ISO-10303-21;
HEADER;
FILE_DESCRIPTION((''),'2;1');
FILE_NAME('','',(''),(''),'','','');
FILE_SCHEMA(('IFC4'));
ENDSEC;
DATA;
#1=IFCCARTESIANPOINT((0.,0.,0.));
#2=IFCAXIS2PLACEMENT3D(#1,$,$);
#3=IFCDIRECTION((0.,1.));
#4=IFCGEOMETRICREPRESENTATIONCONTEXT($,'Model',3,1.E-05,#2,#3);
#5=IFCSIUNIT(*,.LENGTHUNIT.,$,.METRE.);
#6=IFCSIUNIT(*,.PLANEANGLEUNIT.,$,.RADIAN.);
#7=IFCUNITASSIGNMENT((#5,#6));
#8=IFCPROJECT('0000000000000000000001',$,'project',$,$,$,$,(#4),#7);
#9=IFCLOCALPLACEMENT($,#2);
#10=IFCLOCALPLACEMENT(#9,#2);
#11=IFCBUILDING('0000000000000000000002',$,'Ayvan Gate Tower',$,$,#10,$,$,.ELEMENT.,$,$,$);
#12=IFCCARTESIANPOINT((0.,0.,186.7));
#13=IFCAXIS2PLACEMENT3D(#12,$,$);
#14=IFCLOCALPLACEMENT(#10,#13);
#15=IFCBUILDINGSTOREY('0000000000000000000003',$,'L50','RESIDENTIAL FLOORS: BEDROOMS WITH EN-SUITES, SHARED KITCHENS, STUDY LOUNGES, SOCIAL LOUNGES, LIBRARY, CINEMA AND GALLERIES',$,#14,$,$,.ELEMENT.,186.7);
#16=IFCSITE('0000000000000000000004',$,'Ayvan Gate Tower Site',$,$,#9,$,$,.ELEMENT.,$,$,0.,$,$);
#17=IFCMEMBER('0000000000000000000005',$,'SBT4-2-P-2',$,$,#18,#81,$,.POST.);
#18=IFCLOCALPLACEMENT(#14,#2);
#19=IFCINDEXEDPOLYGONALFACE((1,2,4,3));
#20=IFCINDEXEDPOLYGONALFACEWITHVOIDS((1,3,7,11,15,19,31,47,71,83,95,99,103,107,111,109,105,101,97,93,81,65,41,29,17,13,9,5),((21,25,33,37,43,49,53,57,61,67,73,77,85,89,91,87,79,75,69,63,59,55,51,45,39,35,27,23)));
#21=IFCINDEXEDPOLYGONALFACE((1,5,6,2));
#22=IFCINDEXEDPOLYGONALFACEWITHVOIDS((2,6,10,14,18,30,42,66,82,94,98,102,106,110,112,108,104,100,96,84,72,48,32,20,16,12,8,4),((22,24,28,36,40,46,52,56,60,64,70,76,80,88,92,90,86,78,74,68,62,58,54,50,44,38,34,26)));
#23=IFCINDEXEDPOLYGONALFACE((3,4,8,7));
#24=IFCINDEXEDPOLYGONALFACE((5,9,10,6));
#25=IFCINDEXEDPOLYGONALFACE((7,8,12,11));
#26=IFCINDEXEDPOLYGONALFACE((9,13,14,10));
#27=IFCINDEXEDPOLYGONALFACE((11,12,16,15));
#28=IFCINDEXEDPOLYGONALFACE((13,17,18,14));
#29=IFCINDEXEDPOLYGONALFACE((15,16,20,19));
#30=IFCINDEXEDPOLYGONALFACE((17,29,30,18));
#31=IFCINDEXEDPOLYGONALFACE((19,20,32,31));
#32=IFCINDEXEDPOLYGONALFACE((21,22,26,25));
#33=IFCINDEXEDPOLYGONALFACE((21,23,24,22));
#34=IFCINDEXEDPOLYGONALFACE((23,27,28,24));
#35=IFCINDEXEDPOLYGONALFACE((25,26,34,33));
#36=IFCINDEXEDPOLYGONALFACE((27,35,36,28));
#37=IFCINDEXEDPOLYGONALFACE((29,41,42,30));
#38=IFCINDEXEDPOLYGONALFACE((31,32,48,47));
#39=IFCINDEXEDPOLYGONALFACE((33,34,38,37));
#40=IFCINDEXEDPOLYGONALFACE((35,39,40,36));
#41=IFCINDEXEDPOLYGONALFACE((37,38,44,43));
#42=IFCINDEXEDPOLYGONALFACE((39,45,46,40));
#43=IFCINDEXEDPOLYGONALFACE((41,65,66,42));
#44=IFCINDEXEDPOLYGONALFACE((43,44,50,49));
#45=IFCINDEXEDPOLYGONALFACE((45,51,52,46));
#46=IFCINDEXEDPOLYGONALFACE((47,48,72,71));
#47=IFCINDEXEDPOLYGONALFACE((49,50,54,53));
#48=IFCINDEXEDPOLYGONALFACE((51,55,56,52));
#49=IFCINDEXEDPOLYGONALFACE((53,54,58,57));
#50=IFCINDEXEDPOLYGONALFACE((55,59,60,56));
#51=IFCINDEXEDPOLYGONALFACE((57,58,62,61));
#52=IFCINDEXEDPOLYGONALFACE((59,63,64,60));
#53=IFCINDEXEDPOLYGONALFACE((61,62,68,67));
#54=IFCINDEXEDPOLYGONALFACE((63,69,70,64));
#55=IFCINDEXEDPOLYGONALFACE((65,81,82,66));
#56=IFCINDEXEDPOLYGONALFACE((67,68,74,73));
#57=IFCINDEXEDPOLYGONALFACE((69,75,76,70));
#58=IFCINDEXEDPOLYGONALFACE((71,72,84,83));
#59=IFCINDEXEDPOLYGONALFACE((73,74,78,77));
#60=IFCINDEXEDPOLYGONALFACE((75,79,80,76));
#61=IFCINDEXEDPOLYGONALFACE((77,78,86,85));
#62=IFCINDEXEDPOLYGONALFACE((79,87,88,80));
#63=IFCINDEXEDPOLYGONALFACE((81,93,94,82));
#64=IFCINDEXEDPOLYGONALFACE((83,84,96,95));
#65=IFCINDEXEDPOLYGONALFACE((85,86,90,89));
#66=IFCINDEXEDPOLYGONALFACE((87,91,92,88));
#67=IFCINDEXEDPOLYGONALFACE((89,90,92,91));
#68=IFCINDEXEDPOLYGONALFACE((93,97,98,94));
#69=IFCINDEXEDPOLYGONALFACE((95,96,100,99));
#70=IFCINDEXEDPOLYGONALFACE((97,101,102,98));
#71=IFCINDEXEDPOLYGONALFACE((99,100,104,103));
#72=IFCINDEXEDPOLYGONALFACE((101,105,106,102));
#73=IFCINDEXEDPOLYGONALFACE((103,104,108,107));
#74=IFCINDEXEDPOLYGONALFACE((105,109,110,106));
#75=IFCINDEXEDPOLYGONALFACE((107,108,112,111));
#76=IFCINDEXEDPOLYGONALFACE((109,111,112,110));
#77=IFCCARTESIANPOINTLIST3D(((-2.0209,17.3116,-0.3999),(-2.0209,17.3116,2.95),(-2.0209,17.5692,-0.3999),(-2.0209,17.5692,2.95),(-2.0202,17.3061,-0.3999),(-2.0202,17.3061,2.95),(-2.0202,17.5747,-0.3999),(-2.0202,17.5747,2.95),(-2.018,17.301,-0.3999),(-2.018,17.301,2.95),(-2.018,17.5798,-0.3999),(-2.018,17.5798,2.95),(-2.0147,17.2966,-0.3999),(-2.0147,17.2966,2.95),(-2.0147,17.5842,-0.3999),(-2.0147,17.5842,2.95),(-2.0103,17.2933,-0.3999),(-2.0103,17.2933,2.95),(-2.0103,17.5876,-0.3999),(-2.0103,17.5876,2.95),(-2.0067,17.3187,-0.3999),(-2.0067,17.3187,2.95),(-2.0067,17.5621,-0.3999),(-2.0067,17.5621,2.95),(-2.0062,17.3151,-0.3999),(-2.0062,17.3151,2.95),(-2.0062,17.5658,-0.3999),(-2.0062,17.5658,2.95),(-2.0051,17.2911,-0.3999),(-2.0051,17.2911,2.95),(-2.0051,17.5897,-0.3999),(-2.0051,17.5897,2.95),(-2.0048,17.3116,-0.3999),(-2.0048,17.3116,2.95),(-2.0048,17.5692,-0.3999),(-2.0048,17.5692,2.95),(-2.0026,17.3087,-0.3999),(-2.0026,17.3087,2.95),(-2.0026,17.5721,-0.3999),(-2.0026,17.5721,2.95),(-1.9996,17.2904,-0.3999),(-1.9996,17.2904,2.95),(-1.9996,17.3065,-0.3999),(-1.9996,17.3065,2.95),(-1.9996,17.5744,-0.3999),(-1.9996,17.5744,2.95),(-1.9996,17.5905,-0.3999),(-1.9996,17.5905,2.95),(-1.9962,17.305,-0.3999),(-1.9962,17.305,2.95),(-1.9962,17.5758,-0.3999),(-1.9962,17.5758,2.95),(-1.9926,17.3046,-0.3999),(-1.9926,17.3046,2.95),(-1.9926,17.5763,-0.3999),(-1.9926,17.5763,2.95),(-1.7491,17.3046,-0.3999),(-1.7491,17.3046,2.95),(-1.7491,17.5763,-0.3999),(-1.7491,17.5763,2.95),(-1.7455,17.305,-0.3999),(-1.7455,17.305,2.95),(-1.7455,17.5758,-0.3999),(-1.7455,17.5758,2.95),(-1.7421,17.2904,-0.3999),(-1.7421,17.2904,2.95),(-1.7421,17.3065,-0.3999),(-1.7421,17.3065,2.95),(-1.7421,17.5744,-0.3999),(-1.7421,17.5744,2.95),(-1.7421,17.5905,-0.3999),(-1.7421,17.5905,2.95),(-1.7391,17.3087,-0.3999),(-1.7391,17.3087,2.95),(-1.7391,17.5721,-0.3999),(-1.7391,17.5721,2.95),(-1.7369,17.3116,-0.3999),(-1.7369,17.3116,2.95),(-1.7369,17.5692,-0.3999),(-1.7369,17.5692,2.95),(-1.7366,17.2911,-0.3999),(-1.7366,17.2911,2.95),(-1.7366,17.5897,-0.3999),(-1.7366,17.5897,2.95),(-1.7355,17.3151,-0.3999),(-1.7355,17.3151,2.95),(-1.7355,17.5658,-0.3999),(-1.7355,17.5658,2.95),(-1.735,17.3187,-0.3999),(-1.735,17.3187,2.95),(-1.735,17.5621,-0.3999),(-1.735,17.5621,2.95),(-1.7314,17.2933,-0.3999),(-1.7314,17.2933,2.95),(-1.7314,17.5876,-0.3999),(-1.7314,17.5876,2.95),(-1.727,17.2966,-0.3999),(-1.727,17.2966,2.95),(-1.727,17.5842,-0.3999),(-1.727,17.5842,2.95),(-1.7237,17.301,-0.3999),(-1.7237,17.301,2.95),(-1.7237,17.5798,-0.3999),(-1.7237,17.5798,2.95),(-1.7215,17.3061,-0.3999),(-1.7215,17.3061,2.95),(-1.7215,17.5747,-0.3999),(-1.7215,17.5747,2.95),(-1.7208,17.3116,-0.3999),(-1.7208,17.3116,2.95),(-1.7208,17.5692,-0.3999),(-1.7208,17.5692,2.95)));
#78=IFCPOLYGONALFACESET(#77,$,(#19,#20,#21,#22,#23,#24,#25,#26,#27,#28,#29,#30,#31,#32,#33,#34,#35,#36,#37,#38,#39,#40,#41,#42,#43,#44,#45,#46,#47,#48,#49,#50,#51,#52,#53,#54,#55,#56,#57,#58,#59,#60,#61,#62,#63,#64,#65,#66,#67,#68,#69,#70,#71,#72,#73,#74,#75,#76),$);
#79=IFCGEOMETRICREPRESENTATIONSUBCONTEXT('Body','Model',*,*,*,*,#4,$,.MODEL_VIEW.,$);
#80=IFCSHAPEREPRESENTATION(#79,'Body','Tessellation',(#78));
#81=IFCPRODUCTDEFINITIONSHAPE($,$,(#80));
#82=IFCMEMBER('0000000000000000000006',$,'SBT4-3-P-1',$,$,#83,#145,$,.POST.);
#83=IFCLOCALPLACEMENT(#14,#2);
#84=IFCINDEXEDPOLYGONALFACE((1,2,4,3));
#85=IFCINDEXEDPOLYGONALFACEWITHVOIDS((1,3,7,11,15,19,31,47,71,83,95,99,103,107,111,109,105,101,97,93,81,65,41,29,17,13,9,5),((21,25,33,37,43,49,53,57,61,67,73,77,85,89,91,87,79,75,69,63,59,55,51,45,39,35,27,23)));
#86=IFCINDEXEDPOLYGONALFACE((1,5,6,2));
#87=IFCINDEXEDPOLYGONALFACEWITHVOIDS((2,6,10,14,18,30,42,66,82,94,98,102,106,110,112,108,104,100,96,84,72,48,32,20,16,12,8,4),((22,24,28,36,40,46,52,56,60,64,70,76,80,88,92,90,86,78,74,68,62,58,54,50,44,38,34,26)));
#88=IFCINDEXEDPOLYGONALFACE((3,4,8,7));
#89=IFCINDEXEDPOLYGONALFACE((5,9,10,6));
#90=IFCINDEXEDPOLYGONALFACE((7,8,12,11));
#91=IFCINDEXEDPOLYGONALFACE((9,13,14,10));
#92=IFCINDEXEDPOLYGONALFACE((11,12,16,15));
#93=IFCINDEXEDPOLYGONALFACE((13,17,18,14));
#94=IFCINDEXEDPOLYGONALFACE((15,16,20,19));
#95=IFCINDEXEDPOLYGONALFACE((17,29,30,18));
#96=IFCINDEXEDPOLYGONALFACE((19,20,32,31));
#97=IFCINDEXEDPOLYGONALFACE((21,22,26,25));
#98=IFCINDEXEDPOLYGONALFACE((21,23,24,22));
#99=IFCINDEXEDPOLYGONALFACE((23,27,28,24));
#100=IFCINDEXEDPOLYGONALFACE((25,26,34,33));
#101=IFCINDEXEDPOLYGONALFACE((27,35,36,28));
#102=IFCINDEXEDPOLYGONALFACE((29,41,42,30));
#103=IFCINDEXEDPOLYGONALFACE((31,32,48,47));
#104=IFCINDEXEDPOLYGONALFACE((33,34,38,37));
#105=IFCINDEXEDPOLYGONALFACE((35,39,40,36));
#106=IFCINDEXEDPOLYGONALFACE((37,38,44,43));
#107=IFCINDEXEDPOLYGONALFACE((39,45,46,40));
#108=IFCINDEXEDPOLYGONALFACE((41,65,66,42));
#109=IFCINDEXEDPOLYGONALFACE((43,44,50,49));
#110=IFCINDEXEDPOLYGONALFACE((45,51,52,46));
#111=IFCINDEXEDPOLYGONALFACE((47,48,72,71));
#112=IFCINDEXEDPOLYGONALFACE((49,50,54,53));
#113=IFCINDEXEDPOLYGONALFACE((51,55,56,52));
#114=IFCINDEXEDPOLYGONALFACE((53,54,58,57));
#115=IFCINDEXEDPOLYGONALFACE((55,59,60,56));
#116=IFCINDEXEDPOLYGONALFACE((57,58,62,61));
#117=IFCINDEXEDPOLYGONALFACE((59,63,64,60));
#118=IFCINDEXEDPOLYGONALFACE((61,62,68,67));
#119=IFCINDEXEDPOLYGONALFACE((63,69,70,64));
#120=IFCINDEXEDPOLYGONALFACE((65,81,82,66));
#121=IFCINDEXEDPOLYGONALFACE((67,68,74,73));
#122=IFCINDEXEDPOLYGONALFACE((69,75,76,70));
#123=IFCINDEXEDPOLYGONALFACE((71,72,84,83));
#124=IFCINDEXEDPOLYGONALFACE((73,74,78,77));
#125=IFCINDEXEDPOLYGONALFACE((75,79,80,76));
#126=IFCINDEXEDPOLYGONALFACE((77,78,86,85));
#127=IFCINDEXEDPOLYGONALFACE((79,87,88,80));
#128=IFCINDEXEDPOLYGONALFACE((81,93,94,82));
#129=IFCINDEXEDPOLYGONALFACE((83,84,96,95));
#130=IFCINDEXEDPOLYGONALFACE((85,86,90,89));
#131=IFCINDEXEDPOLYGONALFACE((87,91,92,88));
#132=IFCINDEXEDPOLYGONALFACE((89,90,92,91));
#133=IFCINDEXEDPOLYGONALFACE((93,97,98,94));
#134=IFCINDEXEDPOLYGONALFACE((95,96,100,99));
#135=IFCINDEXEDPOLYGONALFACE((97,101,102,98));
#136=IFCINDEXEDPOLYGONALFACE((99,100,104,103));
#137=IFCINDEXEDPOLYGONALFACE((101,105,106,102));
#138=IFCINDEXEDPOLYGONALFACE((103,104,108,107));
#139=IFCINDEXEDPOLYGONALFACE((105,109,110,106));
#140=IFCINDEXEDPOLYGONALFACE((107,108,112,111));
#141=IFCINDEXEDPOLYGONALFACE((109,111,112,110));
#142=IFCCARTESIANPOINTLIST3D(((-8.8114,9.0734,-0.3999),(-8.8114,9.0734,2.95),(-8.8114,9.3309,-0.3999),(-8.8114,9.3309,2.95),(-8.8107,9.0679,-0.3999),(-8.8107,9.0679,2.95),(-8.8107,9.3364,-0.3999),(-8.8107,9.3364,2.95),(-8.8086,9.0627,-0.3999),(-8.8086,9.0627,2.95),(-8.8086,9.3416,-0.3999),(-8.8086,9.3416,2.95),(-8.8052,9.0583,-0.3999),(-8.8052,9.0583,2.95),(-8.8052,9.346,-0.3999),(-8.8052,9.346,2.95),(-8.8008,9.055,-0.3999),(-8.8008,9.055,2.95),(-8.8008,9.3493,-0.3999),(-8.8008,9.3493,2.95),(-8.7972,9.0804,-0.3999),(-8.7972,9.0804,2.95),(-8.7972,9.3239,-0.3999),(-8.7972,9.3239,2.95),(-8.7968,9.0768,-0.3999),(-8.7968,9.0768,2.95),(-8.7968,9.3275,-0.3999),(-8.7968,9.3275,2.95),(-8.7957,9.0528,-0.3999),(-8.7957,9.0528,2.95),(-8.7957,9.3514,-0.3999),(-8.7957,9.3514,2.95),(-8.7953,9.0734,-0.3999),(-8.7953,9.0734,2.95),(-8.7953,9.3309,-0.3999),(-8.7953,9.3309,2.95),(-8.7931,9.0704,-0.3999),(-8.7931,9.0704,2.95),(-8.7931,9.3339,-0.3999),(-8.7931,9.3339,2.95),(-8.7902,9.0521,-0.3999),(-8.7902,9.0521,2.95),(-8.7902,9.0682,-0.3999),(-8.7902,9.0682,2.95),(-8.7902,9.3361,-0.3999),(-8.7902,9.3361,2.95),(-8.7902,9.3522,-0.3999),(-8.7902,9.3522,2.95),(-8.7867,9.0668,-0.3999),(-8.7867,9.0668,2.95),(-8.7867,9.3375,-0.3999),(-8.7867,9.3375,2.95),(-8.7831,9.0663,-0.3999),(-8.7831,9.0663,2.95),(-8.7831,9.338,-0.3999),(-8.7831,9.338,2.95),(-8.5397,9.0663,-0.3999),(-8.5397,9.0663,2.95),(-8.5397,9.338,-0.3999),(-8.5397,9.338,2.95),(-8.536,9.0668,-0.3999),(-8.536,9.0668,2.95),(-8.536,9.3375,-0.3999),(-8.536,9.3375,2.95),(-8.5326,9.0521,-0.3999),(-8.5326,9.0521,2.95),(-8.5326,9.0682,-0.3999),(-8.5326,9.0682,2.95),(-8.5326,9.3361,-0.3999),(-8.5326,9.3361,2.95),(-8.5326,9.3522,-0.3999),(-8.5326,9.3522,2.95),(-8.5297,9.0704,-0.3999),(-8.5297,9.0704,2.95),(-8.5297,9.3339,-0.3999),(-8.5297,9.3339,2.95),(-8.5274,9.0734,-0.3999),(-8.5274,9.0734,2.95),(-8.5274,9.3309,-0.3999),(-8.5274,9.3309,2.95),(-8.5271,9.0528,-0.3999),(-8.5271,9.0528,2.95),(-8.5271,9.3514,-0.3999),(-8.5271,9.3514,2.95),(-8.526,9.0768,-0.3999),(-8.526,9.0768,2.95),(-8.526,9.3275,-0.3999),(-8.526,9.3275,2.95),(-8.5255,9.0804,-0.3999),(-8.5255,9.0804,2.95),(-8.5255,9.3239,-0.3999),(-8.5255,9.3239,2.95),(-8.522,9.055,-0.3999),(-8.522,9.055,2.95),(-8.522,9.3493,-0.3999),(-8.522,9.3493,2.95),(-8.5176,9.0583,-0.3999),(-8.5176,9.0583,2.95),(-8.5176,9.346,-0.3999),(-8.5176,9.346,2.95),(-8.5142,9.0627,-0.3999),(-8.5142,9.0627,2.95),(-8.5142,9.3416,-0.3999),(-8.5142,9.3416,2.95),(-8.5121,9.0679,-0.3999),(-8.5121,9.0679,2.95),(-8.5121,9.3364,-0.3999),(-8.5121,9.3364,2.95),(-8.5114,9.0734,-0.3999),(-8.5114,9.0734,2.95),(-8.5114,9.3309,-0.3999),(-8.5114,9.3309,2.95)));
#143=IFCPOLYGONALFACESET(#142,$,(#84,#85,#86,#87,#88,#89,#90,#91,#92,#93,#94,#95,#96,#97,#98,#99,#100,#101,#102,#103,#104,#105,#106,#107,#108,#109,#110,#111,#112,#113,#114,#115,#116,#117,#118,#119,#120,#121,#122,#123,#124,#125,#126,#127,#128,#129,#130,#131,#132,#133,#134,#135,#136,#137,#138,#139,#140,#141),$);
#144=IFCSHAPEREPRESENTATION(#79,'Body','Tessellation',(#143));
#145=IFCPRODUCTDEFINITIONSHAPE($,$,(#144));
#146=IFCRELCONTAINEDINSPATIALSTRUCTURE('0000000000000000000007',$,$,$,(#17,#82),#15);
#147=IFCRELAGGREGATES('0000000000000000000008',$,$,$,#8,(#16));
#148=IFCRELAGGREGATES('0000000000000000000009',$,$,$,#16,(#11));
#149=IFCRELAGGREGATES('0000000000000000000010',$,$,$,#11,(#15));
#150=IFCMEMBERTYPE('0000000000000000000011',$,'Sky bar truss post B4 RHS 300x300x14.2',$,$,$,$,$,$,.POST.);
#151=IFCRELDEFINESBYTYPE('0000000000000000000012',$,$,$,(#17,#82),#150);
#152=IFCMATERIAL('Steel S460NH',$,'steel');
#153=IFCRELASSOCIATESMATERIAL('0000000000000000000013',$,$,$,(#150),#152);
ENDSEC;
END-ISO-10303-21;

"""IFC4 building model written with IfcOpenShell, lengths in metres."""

from ifc_helpers import new_model, si_unit, direction, frame, origin, origin_2d, place, context, subcontext, project, spatial, hollow_rectangle, extrude, material, material_profile, profile_set, type_object, element, save


model = new_model("IFC4")

# Units and contexts
model_context = context("Model", 3, precision=1e-05, world=origin(), true_north=direction((0.0, 1.0)))
body_context = subcontext(model_context, "Body", "Model", "MODEL_VIEW")
ifc_project = project(units=[si_unit("LENGTHUNIT", "METRE"), si_unit("PLANEANGLEUNIT", "RADIAN")], contexts=[model_context])

# Site, building, storey
site_placement = place(None, origin())
site = spatial("IfcSite", under=ifc_project, at=site_placement, Name="Ayvan Gate Tower Site", CompositionType="ELEMENT", RefElevation=0.0)
building_placement = place(site_placement, origin())
building = spatial("IfcBuilding", under=site, at=building_placement, Name="Ayvan Gate Tower", CompositionType="ELEMENT")
storey_placement = place(building_placement, frame((0.0, 0.0, 186.7)))
storey = spatial("IfcBuildingStorey", under=building, at=storey_placement, Name="L50", Description="RESIDENTIAL FLOORS: BEDROOMS WITH EN-SUITES, SHARED KITCHENS, STUDY LOUNGES, SOCIAL LOUNGES, LIBRARY, CINEMA AND GALLERIES", CompositionType="ELEMENT", Elevation=186.7)

# Members
ifc_material_1 = material(Name="Steel S460NH", Category="steel")
ifc_material_profile_1 = material_profile(ifc_material_1, hollow_rectangle(XDim=0.3, YDim=0.3, WallThickness=0.0142, InnerFilletRadius=0.0142, OuterFilletRadius=0.0212, at=origin_2d()), Name="RHS 300x300x14.2")
ifc_profile_set_1 = profile_set([ifc_material_profile_1], Name="Steel S460NH")
member_type_1 = type_object("IfcMemberType", Name="Sky bar truss post B4 RHS 300x300x14.2", PredefinedType="POST", material=ifc_profile_set_1)
for number, where, z_axis, x_axis, name in (
    (1, (-1.8708, 17.4404, -0.3999), (0.0, 0.0, 1.0), (1.0, 0.0, 0.0), "SBT4-2-P-2"),
    (2, (-8.6614, 9.2021, -0.3999), (0.0, 0.0, 1.0), (1.0, 0.0, 0.0), "SBT4-3-P-1"),
):
    element("IfcMember", number, at=place(storey_placement, frame(where, z_axis=z_axis, x_axis=x_axis)), inside=storey, type_object=member_type_1, Name=name, PredefinedType="POST", context=body_context, shape_type="SweptSolid", body=[
        extrude(hollow_rectangle(XDim=0.3, YDim=0.3, WallThickness=0.0142, InnerFilletRadius=0.0142, OuterFilletRadius=0.0212, at=origin_2d()), origin(), (0.0, 0.0, 1.0), 3.3499),
    ])

save(model, "model.ifc")
